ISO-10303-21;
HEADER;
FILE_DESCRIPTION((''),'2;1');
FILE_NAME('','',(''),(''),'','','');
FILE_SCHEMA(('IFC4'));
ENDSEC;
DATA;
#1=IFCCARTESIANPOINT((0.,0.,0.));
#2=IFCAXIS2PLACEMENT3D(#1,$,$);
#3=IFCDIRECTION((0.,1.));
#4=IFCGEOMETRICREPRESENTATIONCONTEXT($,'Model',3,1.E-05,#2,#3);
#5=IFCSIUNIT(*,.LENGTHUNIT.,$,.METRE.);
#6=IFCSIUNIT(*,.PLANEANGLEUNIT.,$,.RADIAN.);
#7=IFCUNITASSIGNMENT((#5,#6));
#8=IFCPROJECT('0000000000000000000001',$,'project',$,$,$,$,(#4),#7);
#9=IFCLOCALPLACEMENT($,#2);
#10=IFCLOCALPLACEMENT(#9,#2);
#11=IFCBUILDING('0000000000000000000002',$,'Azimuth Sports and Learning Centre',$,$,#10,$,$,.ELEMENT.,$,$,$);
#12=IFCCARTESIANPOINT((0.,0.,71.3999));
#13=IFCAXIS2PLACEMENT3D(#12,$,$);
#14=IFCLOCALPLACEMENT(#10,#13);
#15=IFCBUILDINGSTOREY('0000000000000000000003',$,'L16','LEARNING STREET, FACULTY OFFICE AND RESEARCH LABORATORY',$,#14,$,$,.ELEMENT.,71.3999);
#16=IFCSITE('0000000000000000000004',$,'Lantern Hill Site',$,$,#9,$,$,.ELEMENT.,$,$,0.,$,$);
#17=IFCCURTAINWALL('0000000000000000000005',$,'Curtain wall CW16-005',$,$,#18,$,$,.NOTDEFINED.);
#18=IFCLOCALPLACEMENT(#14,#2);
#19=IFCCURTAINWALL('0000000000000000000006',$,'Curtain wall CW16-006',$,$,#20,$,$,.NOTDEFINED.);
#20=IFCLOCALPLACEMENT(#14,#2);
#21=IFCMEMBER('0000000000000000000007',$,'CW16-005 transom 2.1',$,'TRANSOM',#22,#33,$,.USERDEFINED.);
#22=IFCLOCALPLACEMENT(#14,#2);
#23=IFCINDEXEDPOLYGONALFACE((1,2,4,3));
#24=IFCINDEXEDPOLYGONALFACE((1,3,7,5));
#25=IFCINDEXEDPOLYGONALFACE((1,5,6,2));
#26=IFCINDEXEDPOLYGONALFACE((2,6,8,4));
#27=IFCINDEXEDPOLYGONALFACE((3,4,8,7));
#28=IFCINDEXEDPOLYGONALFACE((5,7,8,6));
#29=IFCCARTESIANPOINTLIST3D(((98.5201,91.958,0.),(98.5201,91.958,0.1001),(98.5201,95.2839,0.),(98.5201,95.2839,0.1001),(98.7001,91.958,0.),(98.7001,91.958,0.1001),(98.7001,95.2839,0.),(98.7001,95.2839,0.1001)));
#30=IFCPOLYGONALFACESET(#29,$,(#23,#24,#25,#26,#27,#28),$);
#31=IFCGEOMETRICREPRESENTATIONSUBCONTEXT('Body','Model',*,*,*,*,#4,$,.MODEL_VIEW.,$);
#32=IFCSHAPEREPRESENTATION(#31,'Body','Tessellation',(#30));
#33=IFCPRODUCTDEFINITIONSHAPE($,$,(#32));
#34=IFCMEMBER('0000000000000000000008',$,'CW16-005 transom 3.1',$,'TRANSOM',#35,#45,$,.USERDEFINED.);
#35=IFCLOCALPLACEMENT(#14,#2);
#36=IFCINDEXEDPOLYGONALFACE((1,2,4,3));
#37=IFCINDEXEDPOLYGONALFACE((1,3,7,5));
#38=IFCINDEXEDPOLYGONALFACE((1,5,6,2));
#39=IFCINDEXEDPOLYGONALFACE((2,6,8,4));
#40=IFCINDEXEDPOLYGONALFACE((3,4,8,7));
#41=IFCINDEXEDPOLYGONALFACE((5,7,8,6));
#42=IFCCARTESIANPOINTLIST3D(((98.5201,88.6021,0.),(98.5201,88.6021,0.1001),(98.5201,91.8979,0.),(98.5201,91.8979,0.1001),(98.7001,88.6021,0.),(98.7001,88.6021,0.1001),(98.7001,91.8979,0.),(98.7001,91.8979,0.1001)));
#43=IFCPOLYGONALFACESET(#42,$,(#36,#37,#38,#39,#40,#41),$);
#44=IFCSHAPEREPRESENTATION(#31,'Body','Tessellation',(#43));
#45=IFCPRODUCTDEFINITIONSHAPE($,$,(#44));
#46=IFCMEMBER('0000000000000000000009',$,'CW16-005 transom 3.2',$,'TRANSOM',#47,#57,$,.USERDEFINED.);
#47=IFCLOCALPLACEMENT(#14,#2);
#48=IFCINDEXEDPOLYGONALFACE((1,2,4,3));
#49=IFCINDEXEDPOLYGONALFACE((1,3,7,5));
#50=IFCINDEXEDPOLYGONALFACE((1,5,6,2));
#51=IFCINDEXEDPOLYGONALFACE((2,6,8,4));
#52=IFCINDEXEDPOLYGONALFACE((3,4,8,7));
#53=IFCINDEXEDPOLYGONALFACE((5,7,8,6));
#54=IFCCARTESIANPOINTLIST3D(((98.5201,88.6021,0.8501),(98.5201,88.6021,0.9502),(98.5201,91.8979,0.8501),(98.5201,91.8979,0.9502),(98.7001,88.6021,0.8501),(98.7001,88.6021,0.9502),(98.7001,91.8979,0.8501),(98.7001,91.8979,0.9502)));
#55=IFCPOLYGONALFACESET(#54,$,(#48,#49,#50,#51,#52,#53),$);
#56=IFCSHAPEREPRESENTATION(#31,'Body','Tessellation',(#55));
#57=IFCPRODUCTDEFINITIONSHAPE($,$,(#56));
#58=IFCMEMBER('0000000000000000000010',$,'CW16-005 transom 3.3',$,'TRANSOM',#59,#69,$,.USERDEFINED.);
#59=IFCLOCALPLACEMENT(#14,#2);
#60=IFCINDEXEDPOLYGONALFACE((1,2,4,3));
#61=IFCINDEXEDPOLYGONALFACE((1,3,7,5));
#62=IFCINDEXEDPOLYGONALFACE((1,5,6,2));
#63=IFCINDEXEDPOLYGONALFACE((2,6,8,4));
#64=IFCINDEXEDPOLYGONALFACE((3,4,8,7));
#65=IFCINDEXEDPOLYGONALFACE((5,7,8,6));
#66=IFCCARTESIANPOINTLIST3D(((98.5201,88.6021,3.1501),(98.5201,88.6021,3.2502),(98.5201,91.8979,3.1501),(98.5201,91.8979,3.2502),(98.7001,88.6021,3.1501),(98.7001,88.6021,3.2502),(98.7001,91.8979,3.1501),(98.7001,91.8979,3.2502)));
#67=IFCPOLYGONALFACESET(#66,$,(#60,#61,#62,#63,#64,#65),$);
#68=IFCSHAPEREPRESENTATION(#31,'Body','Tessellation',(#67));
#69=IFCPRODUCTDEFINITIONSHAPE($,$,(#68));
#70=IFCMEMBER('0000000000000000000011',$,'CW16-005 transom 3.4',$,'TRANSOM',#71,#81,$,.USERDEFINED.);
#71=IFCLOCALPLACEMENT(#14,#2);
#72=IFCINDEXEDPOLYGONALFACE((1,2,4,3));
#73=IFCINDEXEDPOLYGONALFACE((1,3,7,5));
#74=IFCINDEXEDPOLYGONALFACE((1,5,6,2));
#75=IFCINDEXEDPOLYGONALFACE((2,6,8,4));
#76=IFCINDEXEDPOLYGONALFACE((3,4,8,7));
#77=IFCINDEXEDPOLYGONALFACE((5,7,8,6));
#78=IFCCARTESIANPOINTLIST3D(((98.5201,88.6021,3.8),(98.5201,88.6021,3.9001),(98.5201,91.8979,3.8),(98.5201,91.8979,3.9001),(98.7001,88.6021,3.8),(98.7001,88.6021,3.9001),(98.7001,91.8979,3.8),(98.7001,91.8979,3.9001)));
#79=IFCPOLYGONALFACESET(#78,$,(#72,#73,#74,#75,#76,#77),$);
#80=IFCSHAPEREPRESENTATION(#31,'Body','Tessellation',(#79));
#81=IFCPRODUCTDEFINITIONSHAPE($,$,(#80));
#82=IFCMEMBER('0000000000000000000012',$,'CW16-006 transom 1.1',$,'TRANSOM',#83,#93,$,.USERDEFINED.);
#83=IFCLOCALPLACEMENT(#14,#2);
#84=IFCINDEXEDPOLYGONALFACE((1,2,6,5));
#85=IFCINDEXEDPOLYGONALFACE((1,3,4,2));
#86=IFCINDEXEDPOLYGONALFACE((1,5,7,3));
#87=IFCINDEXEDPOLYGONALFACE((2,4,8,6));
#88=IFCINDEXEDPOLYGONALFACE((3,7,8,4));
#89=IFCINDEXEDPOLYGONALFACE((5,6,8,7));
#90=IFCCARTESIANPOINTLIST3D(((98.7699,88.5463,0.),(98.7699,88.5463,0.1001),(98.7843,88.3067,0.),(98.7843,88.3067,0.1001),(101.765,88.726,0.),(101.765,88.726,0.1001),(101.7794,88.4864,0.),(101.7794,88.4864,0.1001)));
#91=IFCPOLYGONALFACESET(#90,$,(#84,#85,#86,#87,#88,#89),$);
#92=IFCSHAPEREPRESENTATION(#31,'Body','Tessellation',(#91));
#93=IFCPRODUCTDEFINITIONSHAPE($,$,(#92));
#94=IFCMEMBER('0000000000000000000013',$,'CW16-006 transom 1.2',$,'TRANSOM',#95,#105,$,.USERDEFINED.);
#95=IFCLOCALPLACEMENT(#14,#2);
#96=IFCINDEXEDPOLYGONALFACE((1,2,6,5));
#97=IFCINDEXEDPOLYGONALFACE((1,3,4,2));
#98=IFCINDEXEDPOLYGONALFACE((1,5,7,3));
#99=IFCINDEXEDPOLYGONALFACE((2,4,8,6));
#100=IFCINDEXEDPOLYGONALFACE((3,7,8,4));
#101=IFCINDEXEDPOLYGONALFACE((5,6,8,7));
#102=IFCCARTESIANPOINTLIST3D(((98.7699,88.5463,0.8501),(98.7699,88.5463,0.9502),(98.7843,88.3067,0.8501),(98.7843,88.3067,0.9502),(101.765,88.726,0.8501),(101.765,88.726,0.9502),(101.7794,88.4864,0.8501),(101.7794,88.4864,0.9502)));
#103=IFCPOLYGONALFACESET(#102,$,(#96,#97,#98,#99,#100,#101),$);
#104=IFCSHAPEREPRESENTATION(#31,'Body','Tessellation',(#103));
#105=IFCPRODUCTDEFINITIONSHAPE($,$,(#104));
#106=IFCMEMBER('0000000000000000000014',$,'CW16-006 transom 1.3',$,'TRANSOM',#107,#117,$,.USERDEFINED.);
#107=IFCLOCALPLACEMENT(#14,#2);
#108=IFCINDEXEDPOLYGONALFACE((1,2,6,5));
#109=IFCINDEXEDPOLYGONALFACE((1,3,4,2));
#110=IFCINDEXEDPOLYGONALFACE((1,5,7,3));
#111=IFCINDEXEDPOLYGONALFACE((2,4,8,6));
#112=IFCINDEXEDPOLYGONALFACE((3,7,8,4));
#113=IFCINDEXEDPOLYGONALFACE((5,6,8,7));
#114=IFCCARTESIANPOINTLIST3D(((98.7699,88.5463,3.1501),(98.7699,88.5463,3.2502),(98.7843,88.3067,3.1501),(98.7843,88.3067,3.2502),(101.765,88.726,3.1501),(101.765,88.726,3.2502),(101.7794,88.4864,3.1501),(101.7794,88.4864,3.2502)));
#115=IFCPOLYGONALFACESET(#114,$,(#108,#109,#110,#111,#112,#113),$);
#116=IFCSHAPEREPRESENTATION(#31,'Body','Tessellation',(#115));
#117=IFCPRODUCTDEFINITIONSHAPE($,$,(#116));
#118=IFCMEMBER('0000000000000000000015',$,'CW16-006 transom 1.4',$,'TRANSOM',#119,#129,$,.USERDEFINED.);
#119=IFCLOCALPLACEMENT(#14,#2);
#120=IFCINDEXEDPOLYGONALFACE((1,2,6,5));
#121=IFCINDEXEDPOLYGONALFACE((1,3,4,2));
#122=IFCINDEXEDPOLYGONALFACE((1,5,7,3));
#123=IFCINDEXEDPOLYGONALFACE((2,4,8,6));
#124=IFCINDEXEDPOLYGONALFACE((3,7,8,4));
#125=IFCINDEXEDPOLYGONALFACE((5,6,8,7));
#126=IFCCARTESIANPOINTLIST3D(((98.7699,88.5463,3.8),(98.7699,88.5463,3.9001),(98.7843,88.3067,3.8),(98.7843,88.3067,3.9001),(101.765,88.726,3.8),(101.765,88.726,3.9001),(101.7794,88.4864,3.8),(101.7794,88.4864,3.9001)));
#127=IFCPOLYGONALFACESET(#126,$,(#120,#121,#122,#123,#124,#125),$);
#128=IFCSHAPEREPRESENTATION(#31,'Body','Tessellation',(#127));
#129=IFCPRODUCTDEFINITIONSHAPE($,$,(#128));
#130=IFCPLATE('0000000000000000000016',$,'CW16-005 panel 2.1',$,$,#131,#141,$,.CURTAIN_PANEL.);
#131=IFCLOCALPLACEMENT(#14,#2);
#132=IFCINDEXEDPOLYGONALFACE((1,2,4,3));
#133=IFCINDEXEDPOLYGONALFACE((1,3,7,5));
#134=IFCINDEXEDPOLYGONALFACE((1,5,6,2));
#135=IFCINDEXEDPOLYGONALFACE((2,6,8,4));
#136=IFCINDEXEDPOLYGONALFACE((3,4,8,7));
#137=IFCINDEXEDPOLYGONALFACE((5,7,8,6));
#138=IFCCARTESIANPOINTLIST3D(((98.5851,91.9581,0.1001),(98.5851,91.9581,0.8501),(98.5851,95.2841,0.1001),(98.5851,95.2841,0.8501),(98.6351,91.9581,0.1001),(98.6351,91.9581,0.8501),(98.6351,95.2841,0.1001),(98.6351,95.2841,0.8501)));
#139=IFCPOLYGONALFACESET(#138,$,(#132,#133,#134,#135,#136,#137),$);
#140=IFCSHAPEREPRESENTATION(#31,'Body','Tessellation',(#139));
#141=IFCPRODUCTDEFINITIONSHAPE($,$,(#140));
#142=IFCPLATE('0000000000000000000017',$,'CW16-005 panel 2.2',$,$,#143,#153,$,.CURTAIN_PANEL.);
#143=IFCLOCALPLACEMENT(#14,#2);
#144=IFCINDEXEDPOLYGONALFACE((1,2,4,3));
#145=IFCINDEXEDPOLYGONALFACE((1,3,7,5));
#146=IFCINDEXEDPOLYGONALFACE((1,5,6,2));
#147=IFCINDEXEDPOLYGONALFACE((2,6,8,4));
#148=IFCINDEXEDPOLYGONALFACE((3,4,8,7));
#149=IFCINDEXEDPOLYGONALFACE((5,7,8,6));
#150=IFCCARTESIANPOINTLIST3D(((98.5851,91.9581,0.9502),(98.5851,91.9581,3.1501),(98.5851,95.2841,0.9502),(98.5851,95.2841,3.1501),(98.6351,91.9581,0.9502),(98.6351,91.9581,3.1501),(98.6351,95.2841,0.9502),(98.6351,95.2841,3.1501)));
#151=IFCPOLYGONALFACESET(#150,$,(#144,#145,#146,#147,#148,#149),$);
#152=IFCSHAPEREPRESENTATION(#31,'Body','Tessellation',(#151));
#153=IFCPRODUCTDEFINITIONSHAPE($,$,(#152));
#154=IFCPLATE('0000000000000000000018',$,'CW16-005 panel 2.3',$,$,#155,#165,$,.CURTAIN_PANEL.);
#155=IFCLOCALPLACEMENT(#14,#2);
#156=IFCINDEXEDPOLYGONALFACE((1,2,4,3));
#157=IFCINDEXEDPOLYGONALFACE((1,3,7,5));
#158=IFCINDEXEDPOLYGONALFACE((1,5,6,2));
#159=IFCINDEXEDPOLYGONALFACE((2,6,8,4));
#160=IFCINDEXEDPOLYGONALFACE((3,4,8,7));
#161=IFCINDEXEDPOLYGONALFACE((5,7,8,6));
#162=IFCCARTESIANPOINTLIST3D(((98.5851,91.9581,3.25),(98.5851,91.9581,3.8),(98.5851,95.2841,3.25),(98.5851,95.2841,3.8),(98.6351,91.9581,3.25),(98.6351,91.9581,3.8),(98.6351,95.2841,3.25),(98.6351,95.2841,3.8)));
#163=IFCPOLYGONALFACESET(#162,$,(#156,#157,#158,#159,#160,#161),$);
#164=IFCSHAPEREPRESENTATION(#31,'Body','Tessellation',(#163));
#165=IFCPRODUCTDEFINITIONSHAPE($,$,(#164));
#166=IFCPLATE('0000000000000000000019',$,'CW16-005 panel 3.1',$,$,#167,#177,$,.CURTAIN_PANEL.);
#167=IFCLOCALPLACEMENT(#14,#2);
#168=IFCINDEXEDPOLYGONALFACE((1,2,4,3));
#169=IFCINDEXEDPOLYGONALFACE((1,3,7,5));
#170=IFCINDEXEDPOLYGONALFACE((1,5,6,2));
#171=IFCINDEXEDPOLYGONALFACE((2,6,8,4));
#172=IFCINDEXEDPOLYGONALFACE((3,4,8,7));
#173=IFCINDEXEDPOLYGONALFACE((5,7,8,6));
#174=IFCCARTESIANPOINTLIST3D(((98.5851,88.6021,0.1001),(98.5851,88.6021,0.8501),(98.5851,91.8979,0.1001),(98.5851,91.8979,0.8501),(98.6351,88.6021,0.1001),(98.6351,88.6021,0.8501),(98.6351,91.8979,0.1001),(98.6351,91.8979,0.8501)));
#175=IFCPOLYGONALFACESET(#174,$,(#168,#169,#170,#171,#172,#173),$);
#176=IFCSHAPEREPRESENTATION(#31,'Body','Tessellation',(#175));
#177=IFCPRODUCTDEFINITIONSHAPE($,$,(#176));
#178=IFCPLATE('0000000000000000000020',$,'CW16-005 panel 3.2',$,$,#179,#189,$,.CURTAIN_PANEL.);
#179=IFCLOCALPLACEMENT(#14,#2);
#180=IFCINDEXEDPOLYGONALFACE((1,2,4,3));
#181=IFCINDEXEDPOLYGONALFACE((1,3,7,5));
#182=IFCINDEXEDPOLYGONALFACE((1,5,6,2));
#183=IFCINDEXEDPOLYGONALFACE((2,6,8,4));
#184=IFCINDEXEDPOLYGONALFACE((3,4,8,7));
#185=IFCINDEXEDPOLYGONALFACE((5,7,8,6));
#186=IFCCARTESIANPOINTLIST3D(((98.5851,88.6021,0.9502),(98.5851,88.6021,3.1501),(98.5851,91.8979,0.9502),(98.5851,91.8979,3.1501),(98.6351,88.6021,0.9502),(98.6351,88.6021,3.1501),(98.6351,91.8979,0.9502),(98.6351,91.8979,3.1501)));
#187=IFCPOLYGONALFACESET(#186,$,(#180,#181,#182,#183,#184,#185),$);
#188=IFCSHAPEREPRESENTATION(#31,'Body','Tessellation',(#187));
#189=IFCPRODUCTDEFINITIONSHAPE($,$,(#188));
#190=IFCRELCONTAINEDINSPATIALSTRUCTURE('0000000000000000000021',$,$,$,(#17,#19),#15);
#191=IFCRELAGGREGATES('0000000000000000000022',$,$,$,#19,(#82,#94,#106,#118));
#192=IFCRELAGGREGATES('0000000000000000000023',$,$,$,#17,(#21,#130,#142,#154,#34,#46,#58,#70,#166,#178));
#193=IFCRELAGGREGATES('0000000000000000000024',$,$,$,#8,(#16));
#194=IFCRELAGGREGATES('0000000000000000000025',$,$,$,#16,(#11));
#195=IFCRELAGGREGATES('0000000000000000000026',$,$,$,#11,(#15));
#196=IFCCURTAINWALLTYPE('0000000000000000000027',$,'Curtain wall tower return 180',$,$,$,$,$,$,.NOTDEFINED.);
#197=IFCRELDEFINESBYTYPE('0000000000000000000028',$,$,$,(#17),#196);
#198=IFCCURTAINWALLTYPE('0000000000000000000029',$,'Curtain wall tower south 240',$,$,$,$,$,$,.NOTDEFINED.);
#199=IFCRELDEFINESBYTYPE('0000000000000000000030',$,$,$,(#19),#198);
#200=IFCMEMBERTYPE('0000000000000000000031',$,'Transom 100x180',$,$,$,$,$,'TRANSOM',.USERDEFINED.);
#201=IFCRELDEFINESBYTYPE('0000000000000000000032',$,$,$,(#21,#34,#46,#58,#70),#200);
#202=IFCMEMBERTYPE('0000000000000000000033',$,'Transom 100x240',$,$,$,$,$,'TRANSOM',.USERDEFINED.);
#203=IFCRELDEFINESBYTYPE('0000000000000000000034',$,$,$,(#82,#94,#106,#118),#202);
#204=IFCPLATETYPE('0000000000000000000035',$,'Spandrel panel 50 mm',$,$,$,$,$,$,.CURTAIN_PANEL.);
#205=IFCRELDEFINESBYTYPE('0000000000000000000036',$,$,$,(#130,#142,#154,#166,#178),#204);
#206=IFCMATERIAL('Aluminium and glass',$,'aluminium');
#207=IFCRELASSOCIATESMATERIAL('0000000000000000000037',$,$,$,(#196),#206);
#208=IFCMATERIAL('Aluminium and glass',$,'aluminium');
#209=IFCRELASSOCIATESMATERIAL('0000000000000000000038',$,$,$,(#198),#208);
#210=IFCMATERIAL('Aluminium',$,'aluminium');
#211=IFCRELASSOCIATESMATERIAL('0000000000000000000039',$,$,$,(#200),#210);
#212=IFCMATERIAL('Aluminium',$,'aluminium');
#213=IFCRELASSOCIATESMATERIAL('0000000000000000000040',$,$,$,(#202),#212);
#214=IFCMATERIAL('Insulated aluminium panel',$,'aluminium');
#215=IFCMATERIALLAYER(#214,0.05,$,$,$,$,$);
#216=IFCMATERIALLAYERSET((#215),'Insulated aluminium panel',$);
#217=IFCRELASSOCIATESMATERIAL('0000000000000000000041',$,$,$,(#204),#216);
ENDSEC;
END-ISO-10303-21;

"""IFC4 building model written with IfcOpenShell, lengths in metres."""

from ifc_helpers import new_model, si_unit, direction, frame, origin, origin_2d, place, context, subcontext, project, spatial, rectangle, extrude, material, layer, layer_set, material_profile, profile_set, type_object, element, aggregate, save


model = new_model("IFC4")

# Units and contexts
model_context = context("Model", 3, precision=1e-05, world=origin(), true_north=direction((0.0, 1.0)))
body_context = subcontext(model_context, "Body", "Model", "MODEL_VIEW")
ifc_project = project(units=[si_unit("LENGTHUNIT", "METRE"), si_unit("PLANEANGLEUNIT", "RADIAN")], contexts=[model_context])

# Site, building, storey
site_placement = place(None, origin())
site = spatial("IfcSite", under=ifc_project, at=site_placement, Name="Lantern Hill Site", CompositionType="ELEMENT", RefElevation=0.0)
building_placement = place(site_placement, origin())
building = spatial("IfcBuilding", under=site, at=building_placement, Name="Azimuth Sports and Learning Centre", CompositionType="ELEMENT")
storey_placement = place(building_placement, frame((0.0, 0.0, 71.3999)))
storey = spatial("IfcBuildingStorey", under=building, at=storey_placement, Name="L16", Description="LEARNING STREET, FACULTY OFFICE AND RESEARCH LABORATORY", CompositionType="ELEMENT", Elevation=71.3999)

# Curtain wall
ifc_material_1 = material(Name="Aluminium and glass", Category="aluminium")
curtain_wall_type_1 = type_object("IfcCurtainWallType", Name="Curtain wall tower return 180", PredefinedType="NOTDEFINED", material=ifc_material_1)
curtain_wall_1_placement = place(storey_placement, origin())
curtain_wall_1 = element("IfcCurtainWall", 1, at=curtain_wall_1_placement, inside=storey, type_object=curtain_wall_type_1, Name="Curtain wall CW16-005", PredefinedType="NOTDEFINED")

# Curtain wall
ifc_material_2 = material(Name="Aluminium and glass", Category="aluminium")
curtain_wall_type_2 = type_object("IfcCurtainWallType", Name="Curtain wall tower south 240", PredefinedType="NOTDEFINED", material=ifc_material_2)
curtain_wall_2_placement = place(storey_placement, origin())
curtain_wall_2 = element("IfcCurtainWall", 2, at=curtain_wall_2_placement, inside=storey, type_object=curtain_wall_type_2, Name="Curtain wall CW16-006", PredefinedType="NOTDEFINED")

# Members
ifc_material_3 = material(Name="Aluminium", Category="aluminium")
ifc_material_profile_1 = material_profile(ifc_material_3, rectangle(XDim=0.1799, YDim=0.1001, at=origin_2d()), Name="Transom 100x180")
ifc_profile_set_1 = profile_set([ifc_material_profile_1], Name="Aluminium")
member_type_1 = type_object("IfcMemberType", Name="Transom 100x180", ElementType="TRANSOM", PredefinedType="USERDEFINED", material=ifc_profile_set_1)
member_1_placement = place(storey_placement, frame((98.6101, 95.2839, 0.05), z_axis=(0.0, -1.0, 0.0), x_axis=(1.0, 0.0, 0.0)))
member_1 = element("IfcMember", 3, at=member_1_placement, type_object=member_type_1, Name="CW16-005 transom 2.1", ObjectType="TRANSOM", PredefinedType="USERDEFINED", context=body_context, shape_type="SweptSolid", body=[
    extrude(rectangle(XDim=0.1799, YDim=0.1001, at=origin_2d()), origin(), (0.0, 0.0, 1.0), 3.3259),
])
member_2_placement = place(storey_placement, frame((98.6101, 91.8979, 0.05), z_axis=(0.0, -1.0, 0.0), x_axis=(1.0, 0.0, 0.0)))
member_2 = element("IfcMember", 4, at=member_2_placement, type_object=member_type_1, Name="CW16-005 transom 3.1", ObjectType="TRANSOM", PredefinedType="USERDEFINED", context=body_context, shape_type="SweptSolid", body=[
    extrude(rectangle(XDim=0.1799, YDim=0.1001, at=origin_2d()), origin(), (0.0, 0.0, 1.0), 3.2959),
])
member_3_placement = place(storey_placement, frame((98.6101, 91.8979, 0.9001), z_axis=(0.0, -1.0, 0.0), x_axis=(1.0, 0.0, 0.0)))
member_3 = element("IfcMember", 5, at=member_3_placement, type_object=member_type_1, Name="CW16-005 transom 3.2", ObjectType="TRANSOM", PredefinedType="USERDEFINED", context=body_context, shape_type="SweptSolid", body=[
    extrude(rectangle(XDim=0.1799, YDim=0.1001, at=origin_2d()), origin(), (0.0, 0.0, 1.0), 3.2959),
])
member_4_placement = place(storey_placement, frame((98.6101, 91.8979, 3.2002), z_axis=(0.0, -1.0, 0.0), x_axis=(1.0, 0.0, 0.0)))
member_4 = element("IfcMember", 6, at=member_4_placement, type_object=member_type_1, Name="CW16-005 transom 3.3", ObjectType="TRANSOM", PredefinedType="USERDEFINED", context=body_context, shape_type="SweptSolid", body=[
    extrude(rectangle(XDim=0.1799, YDim=0.1001, at=origin_2d()), origin(), (0.0, 0.0, 1.0), 3.2959),
])
member_5_placement = place(storey_placement, frame((98.6101, 91.8979, 3.8501), z_axis=(0.0, -1.0, 0.0), x_axis=(1.0, 0.0, 0.0)))
member_5 = element("IfcMember", 7, at=member_5_placement, type_object=member_type_1, Name="CW16-005 transom 3.4", ObjectType="TRANSOM", PredefinedType="USERDEFINED", context=body_context, shape_type="SweptSolid", body=[
    extrude(rectangle(XDim=0.1799, YDim=0.1001, at=origin_2d()), origin(), (0.0, 0.0, 1.0), 3.2959),
])
ifc_material_4 = material(Name="Aluminium", Category="aluminium")
ifc_material_profile_2 = material_profile(ifc_material_4, rectangle(XDim=0.24, YDim=0.1001, at=origin_2d()), Name="Transom 100x240")
ifc_profile_set_2 = profile_set([ifc_material_profile_2], Name="Aluminium")
member_type_2 = type_object("IfcMemberType", Name="Transom 100x240", ElementType="TRANSOM", PredefinedType="USERDEFINED", material=ifc_profile_set_2)
member_6_placement = place(storey_placement, frame((98.7771, 88.4265, 0.05), z_axis=(0.998205, 0.059886, 0.0), x_axis=(-0.059886, 0.998205, 0.0)))
member_6 = element("IfcMember", 8, at=member_6_placement, type_object=member_type_2, Name="CW16-006 transom 1.1", ObjectType="TRANSOM", PredefinedType="USERDEFINED", context=body_context, shape_type="SweptSolid", body=[
    extrude(rectangle(XDim=0.24, YDim=0.1001, at=origin_2d()), origin(), (0.0, 0.0, 1.0), 3.0005),
])
member_7_placement = place(storey_placement, frame((98.7771, 88.4265, 0.9001), z_axis=(0.998205, 0.059886, 0.0), x_axis=(-0.059886, 0.998205, 0.0)))
member_7 = element("IfcMember", 9, at=member_7_placement, type_object=member_type_2, Name="CW16-006 transom 1.2", ObjectType="TRANSOM", PredefinedType="USERDEFINED", context=body_context, shape_type="SweptSolid", body=[
    extrude(rectangle(XDim=0.24, YDim=0.1001, at=origin_2d()), origin(), (0.0, 0.0, 1.0), 3.0005),
])
member_8_placement = place(storey_placement, frame((98.7771, 88.4265, 3.2002), z_axis=(0.998205, 0.059886, 0.0), x_axis=(-0.059886, 0.998205, 0.0)))
member_8 = element("IfcMember", 10, at=member_8_placement, type_object=member_type_2, Name="CW16-006 transom 1.3", ObjectType="TRANSOM", PredefinedType="USERDEFINED", context=body_context, shape_type="SweptSolid", body=[
    extrude(rectangle(XDim=0.24, YDim=0.1001, at=origin_2d()), origin(), (0.0, 0.0, 1.0), 3.0005),
])
member_9_placement = place(storey_placement, frame((98.7771, 88.4265, 3.8501), z_axis=(0.998205, 0.059886, 0.0), x_axis=(-0.059886, 0.998205, 0.0)))
member_9 = element("IfcMember", 11, at=member_9_placement, type_object=member_type_2, Name="CW16-006 transom 1.4", ObjectType="TRANSOM", PredefinedType="USERDEFINED", context=body_context, shape_type="SweptSolid", body=[
    extrude(rectangle(XDim=0.24, YDim=0.1001, at=origin_2d()), origin(), (0.0, 0.0, 1.0), 3.0005),
])
aggregate(curtain_wall_2, [member_6, member_7, member_8, member_9])

# Plates
ifc_material_5 = material(Name="Insulated aluminium panel", Category="aluminium")
ifc_layer = layer(ifc_material_5, 0.05)
ifc_layer_set = layer_set([ifc_layer], Name="Insulated aluminium panel")
plate_type = type_object("IfcPlateType", Name="Spandrel panel 50 mm", PredefinedType="CURTAIN_PANEL", material=ifc_layer_set)
plate_1_placement = place(storey_placement, frame((98.6101, 93.6211, 0.1001), z_axis=(0.0, 0.0, 1.0), x_axis=(0.0, -1.0, 0.0)))
plate_1 = element("IfcPlate", 12, at=plate_1_placement, type_object=plate_type, Name="CW16-005 panel 2.1", PredefinedType="CURTAIN_PANEL", context=body_context, shape_type="SweptSolid", body=[
    extrude(rectangle(XDim=3.3259, YDim=0.05, at=origin_2d()), origin(), (0.0, 0.0, 1.0), 0.75),
])
plate_2_placement = place(storey_placement, frame((98.6101, 93.6211, 0.9502), z_axis=(0.0, 0.0, 1.0), x_axis=(0.0, -1.0, 0.0)))
plate_2 = element("IfcPlate", 13, at=plate_2_placement, type_object=plate_type, Name="CW16-005 panel 2.2", PredefinedType="CURTAIN_PANEL", context=body_context, shape_type="SweptSolid", body=[
    extrude(rectangle(XDim=3.3259, YDim=0.05, at=origin_2d()), origin(), (0.0, 0.0, 1.0), 2.2),
])
plate_3_placement = place(storey_placement, frame((98.6101, 93.6211, 3.25), z_axis=(0.0, 0.0, 1.0), x_axis=(0.0, -1.0, 0.0)))
plate_3 = element("IfcPlate", 14, at=plate_3_placement, type_object=plate_type, Name="CW16-005 panel 2.3", PredefinedType="CURTAIN_PANEL", context=body_context, shape_type="SweptSolid", body=[
    extrude(rectangle(XDim=3.3259, YDim=0.05, at=origin_2d()), origin(), (0.0, 0.0, 1.0), 0.55),
])
plate_4_placement = place(storey_placement, frame((98.6101, 90.25, 0.1001), z_axis=(0.0, 0.0, 1.0), x_axis=(0.0, -1.0, 0.0)))
plate_4 = element("IfcPlate", 15, at=plate_4_placement, type_object=plate_type, Name="CW16-005 panel 3.1", PredefinedType="CURTAIN_PANEL", context=body_context, shape_type="SweptSolid", body=[
    extrude(rectangle(XDim=3.2959, YDim=0.05, at=origin_2d()), origin(), (0.0, 0.0, 1.0), 0.75),
])
plate_5_placement = place(storey_placement, frame((98.6101, 90.25, 0.9502), z_axis=(0.0, 0.0, 1.0), x_axis=(0.0, -1.0, 0.0)))
plate_5 = element("IfcPlate", 16, at=plate_5_placement, type_object=plate_type, Name="CW16-005 panel 3.2", PredefinedType="CURTAIN_PANEL", context=body_context, shape_type="SweptSolid", body=[
    extrude(rectangle(XDim=3.2959, YDim=0.05, at=origin_2d()), origin(), (0.0, 0.0, 1.0), 2.2),
])
aggregate(curtain_wall_1, [member_1, plate_1, plate_2, plate_3, member_2, member_3, member_4, member_5, plate_4, plate_5])

save(model, "model.ifc")
